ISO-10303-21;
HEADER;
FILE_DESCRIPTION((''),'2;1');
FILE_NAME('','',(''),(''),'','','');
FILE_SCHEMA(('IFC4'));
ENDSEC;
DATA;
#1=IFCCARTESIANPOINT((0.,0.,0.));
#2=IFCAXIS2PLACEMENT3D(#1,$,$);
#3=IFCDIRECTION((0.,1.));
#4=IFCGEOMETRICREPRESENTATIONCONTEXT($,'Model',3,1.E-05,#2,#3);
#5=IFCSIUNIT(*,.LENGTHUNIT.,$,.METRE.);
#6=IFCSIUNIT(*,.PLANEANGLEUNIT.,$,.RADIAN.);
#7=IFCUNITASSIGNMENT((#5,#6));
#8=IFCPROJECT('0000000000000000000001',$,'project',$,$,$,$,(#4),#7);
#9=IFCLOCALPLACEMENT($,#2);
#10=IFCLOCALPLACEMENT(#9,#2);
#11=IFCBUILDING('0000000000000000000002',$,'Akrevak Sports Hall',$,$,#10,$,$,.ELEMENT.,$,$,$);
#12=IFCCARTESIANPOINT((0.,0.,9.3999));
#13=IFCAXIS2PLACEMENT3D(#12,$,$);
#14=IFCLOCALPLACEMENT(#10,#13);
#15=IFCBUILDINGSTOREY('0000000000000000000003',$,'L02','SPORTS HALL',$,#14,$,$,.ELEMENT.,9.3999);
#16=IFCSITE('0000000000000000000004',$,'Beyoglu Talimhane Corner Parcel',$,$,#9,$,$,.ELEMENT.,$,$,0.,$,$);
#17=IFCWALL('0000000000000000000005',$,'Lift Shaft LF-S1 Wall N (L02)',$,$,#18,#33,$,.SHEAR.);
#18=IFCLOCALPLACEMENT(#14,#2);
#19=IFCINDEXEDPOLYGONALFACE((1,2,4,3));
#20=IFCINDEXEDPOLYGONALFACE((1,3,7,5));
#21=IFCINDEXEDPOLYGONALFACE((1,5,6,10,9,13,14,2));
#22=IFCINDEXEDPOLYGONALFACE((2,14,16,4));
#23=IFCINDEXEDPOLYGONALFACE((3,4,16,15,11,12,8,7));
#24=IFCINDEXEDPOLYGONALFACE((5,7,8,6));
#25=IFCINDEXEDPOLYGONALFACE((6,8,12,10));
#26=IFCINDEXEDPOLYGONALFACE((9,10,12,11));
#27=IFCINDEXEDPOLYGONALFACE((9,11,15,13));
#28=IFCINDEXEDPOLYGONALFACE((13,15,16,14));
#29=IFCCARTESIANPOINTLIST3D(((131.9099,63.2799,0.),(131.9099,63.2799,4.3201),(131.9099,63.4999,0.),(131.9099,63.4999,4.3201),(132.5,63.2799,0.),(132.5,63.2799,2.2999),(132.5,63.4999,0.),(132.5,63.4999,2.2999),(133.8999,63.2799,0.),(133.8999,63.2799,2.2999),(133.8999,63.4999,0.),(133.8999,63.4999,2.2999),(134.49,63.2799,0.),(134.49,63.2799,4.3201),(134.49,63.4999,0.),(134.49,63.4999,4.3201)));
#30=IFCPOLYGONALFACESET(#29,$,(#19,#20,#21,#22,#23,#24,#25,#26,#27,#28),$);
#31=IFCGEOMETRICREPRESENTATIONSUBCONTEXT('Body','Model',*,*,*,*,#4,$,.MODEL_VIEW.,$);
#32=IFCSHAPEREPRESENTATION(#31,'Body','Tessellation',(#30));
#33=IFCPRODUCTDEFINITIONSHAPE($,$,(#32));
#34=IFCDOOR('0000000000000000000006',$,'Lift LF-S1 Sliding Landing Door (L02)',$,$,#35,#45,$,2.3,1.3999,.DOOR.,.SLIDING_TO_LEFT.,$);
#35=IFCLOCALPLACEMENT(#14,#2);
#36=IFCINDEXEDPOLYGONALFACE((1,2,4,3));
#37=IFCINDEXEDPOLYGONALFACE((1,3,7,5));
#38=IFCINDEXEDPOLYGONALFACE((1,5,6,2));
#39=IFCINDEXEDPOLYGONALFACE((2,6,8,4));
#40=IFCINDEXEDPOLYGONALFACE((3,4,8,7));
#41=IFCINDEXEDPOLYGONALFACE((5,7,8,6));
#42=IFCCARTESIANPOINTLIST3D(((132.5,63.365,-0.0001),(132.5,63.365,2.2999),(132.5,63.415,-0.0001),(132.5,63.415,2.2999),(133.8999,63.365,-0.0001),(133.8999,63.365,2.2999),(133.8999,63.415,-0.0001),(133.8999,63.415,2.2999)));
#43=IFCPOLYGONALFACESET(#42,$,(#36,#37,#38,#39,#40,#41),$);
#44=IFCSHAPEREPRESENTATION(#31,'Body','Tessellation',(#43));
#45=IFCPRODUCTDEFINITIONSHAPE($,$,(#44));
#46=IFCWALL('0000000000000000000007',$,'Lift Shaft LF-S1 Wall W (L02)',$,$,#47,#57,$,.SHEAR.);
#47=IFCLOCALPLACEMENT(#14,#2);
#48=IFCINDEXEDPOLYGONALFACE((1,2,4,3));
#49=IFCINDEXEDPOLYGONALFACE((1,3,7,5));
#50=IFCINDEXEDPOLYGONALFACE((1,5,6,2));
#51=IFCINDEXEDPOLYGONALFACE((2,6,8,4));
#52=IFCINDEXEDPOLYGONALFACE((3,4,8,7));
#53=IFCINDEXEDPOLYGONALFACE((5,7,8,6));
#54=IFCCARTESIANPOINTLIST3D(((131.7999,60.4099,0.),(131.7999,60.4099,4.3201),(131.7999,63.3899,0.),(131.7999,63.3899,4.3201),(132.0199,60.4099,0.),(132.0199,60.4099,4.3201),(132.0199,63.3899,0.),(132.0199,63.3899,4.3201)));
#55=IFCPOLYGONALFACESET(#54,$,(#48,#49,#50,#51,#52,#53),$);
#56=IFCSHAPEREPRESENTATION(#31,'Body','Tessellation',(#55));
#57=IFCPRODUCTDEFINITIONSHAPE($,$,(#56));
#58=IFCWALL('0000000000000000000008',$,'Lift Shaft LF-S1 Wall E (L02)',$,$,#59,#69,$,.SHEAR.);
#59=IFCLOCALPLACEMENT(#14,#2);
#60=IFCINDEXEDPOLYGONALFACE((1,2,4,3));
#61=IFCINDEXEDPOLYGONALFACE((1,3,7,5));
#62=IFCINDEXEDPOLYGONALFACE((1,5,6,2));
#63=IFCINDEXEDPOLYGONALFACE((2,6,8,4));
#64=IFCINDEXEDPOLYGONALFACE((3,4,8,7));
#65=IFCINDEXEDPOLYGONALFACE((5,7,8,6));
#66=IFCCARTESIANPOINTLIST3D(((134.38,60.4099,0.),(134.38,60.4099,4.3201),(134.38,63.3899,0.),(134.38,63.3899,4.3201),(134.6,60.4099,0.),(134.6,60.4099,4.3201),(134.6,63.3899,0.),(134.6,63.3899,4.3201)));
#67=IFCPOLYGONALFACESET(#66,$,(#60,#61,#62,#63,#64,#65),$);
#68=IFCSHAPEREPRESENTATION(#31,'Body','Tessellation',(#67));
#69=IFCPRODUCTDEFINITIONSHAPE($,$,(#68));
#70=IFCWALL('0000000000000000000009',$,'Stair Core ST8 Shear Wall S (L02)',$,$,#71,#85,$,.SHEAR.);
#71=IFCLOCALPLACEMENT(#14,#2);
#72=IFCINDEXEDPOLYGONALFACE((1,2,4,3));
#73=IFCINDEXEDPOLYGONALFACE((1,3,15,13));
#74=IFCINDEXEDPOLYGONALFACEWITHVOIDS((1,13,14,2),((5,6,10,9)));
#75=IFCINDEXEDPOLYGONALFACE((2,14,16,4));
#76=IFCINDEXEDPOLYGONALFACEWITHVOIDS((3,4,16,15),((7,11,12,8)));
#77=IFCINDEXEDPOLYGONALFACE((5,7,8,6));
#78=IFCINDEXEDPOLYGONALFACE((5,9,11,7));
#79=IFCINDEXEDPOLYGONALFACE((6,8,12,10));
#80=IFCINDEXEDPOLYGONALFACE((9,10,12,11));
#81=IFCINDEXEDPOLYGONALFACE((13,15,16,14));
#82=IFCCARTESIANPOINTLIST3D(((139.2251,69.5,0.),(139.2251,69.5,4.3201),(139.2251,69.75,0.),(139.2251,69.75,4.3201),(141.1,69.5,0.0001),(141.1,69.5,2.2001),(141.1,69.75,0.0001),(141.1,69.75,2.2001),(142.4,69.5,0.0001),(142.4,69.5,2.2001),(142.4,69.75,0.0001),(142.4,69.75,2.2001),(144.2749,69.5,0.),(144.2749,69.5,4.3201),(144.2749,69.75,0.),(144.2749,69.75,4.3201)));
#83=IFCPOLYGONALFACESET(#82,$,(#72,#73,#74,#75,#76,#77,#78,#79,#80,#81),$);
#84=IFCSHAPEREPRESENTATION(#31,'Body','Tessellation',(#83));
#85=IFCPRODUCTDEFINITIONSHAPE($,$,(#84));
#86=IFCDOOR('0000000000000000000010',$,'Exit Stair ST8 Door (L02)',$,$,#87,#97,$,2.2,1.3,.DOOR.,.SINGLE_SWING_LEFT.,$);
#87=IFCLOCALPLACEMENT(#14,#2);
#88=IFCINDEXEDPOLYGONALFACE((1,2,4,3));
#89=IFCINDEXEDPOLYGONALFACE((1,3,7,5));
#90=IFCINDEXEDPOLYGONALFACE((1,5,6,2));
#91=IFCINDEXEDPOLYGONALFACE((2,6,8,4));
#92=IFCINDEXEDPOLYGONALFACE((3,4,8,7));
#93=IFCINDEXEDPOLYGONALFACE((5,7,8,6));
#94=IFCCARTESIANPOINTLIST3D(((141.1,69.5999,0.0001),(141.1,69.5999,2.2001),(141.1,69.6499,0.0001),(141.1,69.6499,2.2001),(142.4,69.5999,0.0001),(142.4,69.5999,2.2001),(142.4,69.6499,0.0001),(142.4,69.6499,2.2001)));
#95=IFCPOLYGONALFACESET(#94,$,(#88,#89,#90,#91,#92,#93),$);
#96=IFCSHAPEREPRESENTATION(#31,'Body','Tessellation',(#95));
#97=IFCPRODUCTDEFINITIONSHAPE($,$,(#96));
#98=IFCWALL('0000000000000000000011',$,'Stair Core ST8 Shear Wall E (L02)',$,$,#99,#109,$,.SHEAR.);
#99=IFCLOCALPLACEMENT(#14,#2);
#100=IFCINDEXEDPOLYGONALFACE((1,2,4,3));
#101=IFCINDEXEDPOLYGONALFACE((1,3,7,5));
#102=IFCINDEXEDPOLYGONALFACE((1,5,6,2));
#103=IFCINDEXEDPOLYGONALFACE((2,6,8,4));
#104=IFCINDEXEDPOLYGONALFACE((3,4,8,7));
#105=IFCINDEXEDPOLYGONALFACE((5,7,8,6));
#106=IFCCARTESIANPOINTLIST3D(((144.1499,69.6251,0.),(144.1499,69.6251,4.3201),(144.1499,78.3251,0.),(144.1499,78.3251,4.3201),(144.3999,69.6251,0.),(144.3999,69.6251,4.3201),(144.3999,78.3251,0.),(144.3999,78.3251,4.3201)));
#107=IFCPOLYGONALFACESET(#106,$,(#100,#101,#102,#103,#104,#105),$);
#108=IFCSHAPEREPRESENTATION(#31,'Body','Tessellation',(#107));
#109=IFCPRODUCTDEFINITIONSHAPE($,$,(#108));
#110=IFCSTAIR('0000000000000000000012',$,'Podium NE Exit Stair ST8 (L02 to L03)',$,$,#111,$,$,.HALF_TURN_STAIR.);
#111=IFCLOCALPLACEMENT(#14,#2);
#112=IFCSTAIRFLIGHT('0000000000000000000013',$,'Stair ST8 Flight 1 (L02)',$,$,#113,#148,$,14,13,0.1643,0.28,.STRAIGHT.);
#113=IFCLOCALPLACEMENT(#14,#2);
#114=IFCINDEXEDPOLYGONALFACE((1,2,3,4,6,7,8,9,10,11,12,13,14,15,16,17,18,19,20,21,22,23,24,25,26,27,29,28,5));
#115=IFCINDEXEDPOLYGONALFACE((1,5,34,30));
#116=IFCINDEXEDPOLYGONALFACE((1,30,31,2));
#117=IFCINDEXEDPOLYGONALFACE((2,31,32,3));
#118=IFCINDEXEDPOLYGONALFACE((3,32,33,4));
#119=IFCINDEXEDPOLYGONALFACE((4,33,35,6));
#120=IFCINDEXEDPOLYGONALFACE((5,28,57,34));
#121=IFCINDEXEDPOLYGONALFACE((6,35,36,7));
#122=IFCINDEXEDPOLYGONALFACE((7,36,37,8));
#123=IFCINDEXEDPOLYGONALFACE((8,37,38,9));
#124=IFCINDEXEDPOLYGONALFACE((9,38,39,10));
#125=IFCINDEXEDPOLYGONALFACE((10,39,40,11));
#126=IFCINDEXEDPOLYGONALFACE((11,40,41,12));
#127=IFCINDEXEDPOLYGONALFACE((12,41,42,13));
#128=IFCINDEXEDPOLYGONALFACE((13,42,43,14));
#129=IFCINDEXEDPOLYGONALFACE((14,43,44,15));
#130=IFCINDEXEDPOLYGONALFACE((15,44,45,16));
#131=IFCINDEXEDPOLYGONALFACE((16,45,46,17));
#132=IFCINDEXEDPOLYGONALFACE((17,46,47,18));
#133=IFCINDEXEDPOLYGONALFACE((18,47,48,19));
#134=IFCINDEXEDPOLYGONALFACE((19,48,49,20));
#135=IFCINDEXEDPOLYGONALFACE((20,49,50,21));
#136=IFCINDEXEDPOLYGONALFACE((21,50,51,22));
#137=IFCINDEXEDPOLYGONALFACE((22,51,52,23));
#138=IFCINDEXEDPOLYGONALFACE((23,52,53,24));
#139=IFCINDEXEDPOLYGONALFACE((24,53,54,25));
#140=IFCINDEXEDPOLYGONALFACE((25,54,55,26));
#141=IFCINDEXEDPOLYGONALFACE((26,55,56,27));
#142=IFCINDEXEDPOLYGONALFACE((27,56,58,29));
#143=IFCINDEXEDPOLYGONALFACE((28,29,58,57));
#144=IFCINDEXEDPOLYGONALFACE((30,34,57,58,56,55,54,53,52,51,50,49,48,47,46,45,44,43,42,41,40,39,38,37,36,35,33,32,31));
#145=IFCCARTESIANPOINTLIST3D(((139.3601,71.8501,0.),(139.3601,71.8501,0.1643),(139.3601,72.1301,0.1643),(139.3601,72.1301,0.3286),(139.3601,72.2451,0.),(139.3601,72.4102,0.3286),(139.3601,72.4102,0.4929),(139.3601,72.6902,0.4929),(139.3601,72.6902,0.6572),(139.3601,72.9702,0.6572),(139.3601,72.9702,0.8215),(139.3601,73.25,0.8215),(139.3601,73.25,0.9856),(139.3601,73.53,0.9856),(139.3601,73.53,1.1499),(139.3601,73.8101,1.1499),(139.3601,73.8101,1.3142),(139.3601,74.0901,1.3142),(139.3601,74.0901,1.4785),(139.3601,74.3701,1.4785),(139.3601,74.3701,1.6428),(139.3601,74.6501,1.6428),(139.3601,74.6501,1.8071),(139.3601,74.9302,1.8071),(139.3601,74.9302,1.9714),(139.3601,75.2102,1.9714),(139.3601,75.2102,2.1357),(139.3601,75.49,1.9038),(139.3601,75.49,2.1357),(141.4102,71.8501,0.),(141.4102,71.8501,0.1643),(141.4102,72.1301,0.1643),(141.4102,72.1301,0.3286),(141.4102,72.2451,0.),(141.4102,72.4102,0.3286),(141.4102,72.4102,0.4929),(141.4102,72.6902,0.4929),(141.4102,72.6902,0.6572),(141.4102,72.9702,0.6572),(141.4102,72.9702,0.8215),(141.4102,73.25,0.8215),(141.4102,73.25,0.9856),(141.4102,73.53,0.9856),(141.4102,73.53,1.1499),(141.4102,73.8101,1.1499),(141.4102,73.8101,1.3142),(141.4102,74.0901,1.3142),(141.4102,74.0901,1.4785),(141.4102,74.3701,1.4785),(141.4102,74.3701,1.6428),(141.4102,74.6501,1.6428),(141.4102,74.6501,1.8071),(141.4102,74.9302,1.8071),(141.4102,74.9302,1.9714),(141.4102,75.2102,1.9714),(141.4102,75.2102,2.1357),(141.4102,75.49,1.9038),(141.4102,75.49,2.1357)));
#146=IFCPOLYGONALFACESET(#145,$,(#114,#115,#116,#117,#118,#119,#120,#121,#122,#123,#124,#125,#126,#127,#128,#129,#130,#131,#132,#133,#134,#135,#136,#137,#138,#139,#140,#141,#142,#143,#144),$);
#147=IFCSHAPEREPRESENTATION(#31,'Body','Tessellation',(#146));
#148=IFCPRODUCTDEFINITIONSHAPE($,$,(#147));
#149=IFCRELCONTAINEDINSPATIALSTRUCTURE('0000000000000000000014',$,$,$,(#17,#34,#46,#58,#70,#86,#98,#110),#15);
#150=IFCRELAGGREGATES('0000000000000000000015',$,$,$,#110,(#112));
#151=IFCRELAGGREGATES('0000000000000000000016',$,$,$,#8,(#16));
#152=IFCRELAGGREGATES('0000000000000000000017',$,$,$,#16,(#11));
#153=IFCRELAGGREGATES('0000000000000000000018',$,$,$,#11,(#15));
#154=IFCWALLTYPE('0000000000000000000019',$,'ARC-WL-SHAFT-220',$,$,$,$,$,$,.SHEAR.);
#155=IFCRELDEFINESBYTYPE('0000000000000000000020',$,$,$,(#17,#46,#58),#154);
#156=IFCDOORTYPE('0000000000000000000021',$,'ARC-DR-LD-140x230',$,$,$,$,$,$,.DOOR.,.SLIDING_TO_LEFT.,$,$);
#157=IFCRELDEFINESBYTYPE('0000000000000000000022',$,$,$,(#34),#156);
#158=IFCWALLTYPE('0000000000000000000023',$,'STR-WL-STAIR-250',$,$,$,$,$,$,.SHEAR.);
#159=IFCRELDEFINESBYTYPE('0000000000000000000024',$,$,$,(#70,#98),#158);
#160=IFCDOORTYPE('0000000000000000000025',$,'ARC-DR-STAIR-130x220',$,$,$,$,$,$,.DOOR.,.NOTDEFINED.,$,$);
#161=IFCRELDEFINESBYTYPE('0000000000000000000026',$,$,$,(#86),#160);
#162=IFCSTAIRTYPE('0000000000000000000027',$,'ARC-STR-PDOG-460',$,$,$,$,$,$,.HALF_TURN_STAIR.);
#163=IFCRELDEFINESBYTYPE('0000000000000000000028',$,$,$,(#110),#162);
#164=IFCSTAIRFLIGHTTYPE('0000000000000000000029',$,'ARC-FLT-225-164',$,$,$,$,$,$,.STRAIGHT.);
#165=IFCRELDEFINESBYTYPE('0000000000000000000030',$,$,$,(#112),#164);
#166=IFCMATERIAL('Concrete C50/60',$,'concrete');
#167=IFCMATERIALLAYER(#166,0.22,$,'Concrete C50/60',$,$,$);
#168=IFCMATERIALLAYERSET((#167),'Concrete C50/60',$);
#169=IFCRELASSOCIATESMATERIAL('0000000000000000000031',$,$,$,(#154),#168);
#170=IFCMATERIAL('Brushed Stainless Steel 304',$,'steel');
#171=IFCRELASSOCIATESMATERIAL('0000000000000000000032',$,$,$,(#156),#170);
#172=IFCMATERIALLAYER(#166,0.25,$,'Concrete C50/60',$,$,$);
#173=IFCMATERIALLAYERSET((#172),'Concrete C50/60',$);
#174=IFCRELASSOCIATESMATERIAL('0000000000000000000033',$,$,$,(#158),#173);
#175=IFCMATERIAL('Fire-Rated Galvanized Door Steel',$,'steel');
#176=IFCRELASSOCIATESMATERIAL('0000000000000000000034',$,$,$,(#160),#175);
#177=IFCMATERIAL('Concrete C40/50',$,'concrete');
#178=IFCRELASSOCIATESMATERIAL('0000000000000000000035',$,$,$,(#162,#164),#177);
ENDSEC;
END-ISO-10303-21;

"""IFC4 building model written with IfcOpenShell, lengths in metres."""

from ifc_helpers import new_model, si_unit, direction, frame, frame_2d, origin, place, context, subcontext, project, spatial, polyline, rectangle, outline, extrude, material, layer, layer_set, type_object, element, fill, aggregate, save


model = new_model("IFC4")

# Units and contexts
model_context = context("Model", 3, precision=1e-05, world=origin(), true_north=direction((0.0, 1.0)))
body_context = subcontext(model_context, "Body", "Model", "MODEL_VIEW")
ifc_project = project(units=[si_unit("LENGTHUNIT", "METRE"), si_unit("PLANEANGLEUNIT", "RADIAN")], contexts=[model_context])

# Site, building, storey
site_placement = place(None, origin())
site = spatial("IfcSite", under=ifc_project, at=site_placement, Name="Beyoglu Talimhane Corner Parcel", CompositionType="ELEMENT", RefElevation=0.0)
building_placement = place(site_placement, origin())
building = spatial("IfcBuilding", under=site, at=building_placement, Name="Akrevak Sports Hall", CompositionType="ELEMENT")
storey_placement = place(building_placement, frame((0.0, 0.0, 9.3999)))
storey = spatial("IfcBuildingStorey", under=building, at=storey_placement, Name="L02", Description="SPORTS HALL", CompositionType="ELEMENT", Elevation=9.3999)

# Shared definitions
ifc_material_1 = material(Name="Concrete C40/50", Category="concrete")

# Wall, opening, door
ifc_material_2 = material(Name="Concrete C50/60", Category="concrete")
ifc_layer_1 = layer(ifc_material_2, 0.22, Name="Concrete C50/60")
ifc_layer_set_1 = layer_set([ifc_layer_1], Name="Concrete C50/60")
wall_type_1 = type_object("IfcWallType", Name="ARC-WL-SHAFT-220", PredefinedType="SHEAR", material=ifc_layer_set_1)
wall_1_placement = place(storey_placement, frame((134.49, 63.3899, 0.0), z_axis=(0.0, 0.0, 1.0), x_axis=(-1.0, 0.0, 0.0)))
wall_1 = element("IfcWall", 1, at=wall_1_placement, inside=storey, type_object=wall_type_1, Name="Lift Shaft LF-S1 Wall N (L02)", PredefinedType="SHEAR", context=body_context, shape_type="SweptSolid", body=[
    extrude(rectangle(XDim=2.5801, YDim=0.22, at=frame_2d((1.29, 0.0))), origin(), (0.0, 0.0, 1.0), 4.3201),
])
opening_1_placement = place(wall_1_placement, frame((0.5901, 0.0, 0.0)))
opening_1 = element("IfcOpeningElement", 2, at=opening_1_placement, cuts=wall_1, PredefinedType="OPENING", context=body_context, shape_type="SweptSolid", body=[
    extrude(rectangle(XDim=1.3999, YDim=2.3, at=frame_2d((0.7, 1.1499))), frame((0.0, 0.1221, 0.0), z_axis=(0.0, -1.0, 0.0), x_axis=(1.0, 0.0, 0.0)), (0.0, 0.0, 1.0), 0.2439),
])
ifc_material_3 = material(Name="Brushed Stainless Steel 304", Category="steel")
door_type_1 = type_object("IfcDoorType", Name="ARC-DR-LD-140x230", OperationType="SLIDING_TO_LEFT", PredefinedType="DOOR", material=ifc_material_3)
door_1_placement = place(opening_1_placement, origin())
door_1 = element("IfcDoor", 3, at=door_1_placement, inside=storey, type_object=door_type_1, Name="Lift LF-S1 Sliding Landing Door (L02)", OperationType="SLIDING_TO_LEFT", OverallHeight=2.3, OverallWidth=1.3999, PredefinedType="DOOR", context=body_context, shape_type="SweptSolid", body=[
    extrude(rectangle(XDim=1.3999, YDim=2.3, at=frame_2d((0.7, 1.1499))), frame((0.0, 0.0249, 0.0), z_axis=(0.0, -1.0, 0.0), x_axis=(1.0, 0.0, 0.0)), (0.0, 0.0, 1.0), 0.05),
])
fill(opening_1, door_1)

# Walls
for number, where, z_axis, x_axis, name in (
    (4, (131.9099, 63.3899, 0.0), (0.0, 0.0, 1.0), (0.0, -1.0, 0.0), "Lift Shaft LF-S1 Wall W (L02)"),
    (5, (134.49, 60.4099, 0.0), (0.0, 0.0, 1.0), (0.0, 1.0, 0.0), "Lift Shaft LF-S1 Wall E (L02)"),
):
    element("IfcWall", number, at=place(storey_placement, frame(where, z_axis=z_axis, x_axis=x_axis)), inside=storey, type_object=wall_type_1, Name=name, PredefinedType="SHEAR", context=body_context, shape_type="SweptSolid", body=[
        extrude(rectangle(XDim=2.98, YDim=0.22, at=frame_2d((1.49, 0.0))), origin(), (0.0, 0.0, 1.0), 4.3201),
    ])

# Wall, opening, door
ifc_layer_2 = layer(ifc_material_2, 0.25, Name="Concrete C50/60")
ifc_layer_set_2 = layer_set([ifc_layer_2], Name="Concrete C50/60")
wall_type_2 = type_object("IfcWallType", Name="STR-WL-STAIR-250", PredefinedType="SHEAR", material=ifc_layer_set_2)
wall_2_placement = place(storey_placement, frame((139.2251, 69.625, 0.0), z_axis=(0.0, 0.0, 1.0), x_axis=(1.0, 0.0, 0.0)))
wall_2 = element("IfcWall", 6, at=wall_2_placement, inside=storey, type_object=wall_type_2, Name="Stair Core ST8 Shear Wall S (L02)", PredefinedType="SHEAR", context=body_context, shape_type="SweptSolid", body=[
    extrude(rectangle(XDim=5.0498, YDim=0.25, at=frame_2d((2.5249, 0.0))), origin(), (0.0, 0.0, 1.0), 4.3201),
])
opening_2_placement = place(wall_2_placement, frame((1.875, 0.0, 0.0)))
opening_2 = element("IfcOpeningElement", 7, at=opening_2_placement, cuts=wall_2, PredefinedType="OPENING", context=body_context, shape_type="SweptSolid", body=[
    extrude(rectangle(XDim=1.3, YDim=2.2, at=frame_2d((0.6499, 1.1001))), frame((0.0, 0.137, 0.0), z_axis=(0.0, -1.0, 0.0), x_axis=(1.0, 0.0, 0.0)), (0.0, 0.0, 1.0), 0.2739),
])
ifc_material_4 = material(Name="Fire-Rated Galvanized Door Steel", Category="steel")
door_type_2 = type_object("IfcDoorType", Name="ARC-DR-STAIR-130x220", OperationType="NOTDEFINED", PredefinedType="DOOR", material=ifc_material_4)
door_2_placement = place(opening_2_placement, origin())
door_2 = element("IfcDoor", 8, at=door_2_placement, inside=storey, type_object=door_type_2, Name="Exit Stair ST8 Door (L02)", OperationType="SINGLE_SWING_LEFT", OverallHeight=2.2, OverallWidth=1.3, PredefinedType="DOOR", context=body_context, shape_type="SweptSolid", body=[
    extrude(rectangle(XDim=1.3, YDim=2.2, at=frame_2d((0.6499, 1.1001))), frame((0.0, 0.0249, 0.0), z_axis=(0.0, -1.0, 0.0), x_axis=(1.0, 0.0, 0.0)), (0.0, 0.0, 1.0), 0.05),
])
fill(opening_2, door_2)

# Wall
wall_3_placement = place(storey_placement, frame((144.2749, 69.625, 0.0), z_axis=(0.0, 0.0, 1.0), x_axis=(0.0, 1.0, 0.0)))
element("IfcWall", 9, at=wall_3_placement, inside=storey, type_object=wall_type_2, Name="Stair Core ST8 Shear Wall E (L02)", PredefinedType="SHEAR", context=body_context, shape_type="SweptSolid", body=[
    extrude(rectangle(XDim=8.7, YDim=0.25, at=frame_2d((4.3501, 0.0))), origin(), (0.0, 0.0, 1.0), 4.3201),
])

# Stair, stair flight
stair_type = type_object("IfcStairType", Name="ARC-STR-PDOG-460", PredefinedType="HALF_TURN_STAIR", material=ifc_material_1)
stair_placement = place(storey_placement, origin())
stair = element("IfcStair", 10, at=stair_placement, inside=storey, type_object=stair_type, Name="Podium NE Exit Stair ST8 (L02 to L03)", PredefinedType="HALF_TURN_STAIR")
stair_flight_type = type_object("IfcStairFlightType", Name="ARC-FLT-225-164", PredefinedType="STRAIGHT", material=ifc_material_1)
stair_flight_placement = place(storey_placement, frame((140.385, 71.8501, 0.0), z_axis=(0.0, 0.0, 1.0), x_axis=(0.0, 1.0, 0.0)))
stair_flight = element("IfcStairFlight", 11, at=stair_flight_placement, type_object=stair_flight_type, Name="Stair ST8 Flight 1 (L02)", NumberOfRisers=14, NumberOfTreads=13, PredefinedType="STRAIGHT", RiserHeight=0.1643, TreadLength=0.28, context=body_context, shape_type="SweptSolid", body=[
    extrude(outline(polyline([(0.0, 0.0), (0.0, 0.1643), (0.28, 0.1643), (0.28, 0.3286), (0.5601, 0.3286), (0.5601, 0.4929), (0.8401, 0.4929), (0.8401, 0.6572), (1.1201, 0.6572), (1.1201, 0.8215), (1.3999, 0.8215), (1.3999, 0.9856), (1.6799, 0.9856), (1.6799, 1.1499), (1.96, 1.1499), (1.96, 1.3142), (2.24, 1.3142), (2.24, 1.4785), (2.52, 1.4785), (2.52, 1.6428), (2.8, 1.6428), (2.8, 1.8071), (3.0801, 1.8071), (3.0801, 1.9714), (3.3601, 1.9714), (3.3601, 2.1357), (3.6399, 2.1357), (3.6399, 2.3), (3.6399, 1.9038), (0.395, 0.0), (0.0, 0.0)])), frame((0.0, 1.0249, 0.0), z_axis=(0.0, -1.0, 0.0), x_axis=(1.0, 0.0, 0.0)), (0.0, 0.0, 1.0), 2.05),
])
aggregate(stair, [stair_flight])

save(model, "model.ifc")
